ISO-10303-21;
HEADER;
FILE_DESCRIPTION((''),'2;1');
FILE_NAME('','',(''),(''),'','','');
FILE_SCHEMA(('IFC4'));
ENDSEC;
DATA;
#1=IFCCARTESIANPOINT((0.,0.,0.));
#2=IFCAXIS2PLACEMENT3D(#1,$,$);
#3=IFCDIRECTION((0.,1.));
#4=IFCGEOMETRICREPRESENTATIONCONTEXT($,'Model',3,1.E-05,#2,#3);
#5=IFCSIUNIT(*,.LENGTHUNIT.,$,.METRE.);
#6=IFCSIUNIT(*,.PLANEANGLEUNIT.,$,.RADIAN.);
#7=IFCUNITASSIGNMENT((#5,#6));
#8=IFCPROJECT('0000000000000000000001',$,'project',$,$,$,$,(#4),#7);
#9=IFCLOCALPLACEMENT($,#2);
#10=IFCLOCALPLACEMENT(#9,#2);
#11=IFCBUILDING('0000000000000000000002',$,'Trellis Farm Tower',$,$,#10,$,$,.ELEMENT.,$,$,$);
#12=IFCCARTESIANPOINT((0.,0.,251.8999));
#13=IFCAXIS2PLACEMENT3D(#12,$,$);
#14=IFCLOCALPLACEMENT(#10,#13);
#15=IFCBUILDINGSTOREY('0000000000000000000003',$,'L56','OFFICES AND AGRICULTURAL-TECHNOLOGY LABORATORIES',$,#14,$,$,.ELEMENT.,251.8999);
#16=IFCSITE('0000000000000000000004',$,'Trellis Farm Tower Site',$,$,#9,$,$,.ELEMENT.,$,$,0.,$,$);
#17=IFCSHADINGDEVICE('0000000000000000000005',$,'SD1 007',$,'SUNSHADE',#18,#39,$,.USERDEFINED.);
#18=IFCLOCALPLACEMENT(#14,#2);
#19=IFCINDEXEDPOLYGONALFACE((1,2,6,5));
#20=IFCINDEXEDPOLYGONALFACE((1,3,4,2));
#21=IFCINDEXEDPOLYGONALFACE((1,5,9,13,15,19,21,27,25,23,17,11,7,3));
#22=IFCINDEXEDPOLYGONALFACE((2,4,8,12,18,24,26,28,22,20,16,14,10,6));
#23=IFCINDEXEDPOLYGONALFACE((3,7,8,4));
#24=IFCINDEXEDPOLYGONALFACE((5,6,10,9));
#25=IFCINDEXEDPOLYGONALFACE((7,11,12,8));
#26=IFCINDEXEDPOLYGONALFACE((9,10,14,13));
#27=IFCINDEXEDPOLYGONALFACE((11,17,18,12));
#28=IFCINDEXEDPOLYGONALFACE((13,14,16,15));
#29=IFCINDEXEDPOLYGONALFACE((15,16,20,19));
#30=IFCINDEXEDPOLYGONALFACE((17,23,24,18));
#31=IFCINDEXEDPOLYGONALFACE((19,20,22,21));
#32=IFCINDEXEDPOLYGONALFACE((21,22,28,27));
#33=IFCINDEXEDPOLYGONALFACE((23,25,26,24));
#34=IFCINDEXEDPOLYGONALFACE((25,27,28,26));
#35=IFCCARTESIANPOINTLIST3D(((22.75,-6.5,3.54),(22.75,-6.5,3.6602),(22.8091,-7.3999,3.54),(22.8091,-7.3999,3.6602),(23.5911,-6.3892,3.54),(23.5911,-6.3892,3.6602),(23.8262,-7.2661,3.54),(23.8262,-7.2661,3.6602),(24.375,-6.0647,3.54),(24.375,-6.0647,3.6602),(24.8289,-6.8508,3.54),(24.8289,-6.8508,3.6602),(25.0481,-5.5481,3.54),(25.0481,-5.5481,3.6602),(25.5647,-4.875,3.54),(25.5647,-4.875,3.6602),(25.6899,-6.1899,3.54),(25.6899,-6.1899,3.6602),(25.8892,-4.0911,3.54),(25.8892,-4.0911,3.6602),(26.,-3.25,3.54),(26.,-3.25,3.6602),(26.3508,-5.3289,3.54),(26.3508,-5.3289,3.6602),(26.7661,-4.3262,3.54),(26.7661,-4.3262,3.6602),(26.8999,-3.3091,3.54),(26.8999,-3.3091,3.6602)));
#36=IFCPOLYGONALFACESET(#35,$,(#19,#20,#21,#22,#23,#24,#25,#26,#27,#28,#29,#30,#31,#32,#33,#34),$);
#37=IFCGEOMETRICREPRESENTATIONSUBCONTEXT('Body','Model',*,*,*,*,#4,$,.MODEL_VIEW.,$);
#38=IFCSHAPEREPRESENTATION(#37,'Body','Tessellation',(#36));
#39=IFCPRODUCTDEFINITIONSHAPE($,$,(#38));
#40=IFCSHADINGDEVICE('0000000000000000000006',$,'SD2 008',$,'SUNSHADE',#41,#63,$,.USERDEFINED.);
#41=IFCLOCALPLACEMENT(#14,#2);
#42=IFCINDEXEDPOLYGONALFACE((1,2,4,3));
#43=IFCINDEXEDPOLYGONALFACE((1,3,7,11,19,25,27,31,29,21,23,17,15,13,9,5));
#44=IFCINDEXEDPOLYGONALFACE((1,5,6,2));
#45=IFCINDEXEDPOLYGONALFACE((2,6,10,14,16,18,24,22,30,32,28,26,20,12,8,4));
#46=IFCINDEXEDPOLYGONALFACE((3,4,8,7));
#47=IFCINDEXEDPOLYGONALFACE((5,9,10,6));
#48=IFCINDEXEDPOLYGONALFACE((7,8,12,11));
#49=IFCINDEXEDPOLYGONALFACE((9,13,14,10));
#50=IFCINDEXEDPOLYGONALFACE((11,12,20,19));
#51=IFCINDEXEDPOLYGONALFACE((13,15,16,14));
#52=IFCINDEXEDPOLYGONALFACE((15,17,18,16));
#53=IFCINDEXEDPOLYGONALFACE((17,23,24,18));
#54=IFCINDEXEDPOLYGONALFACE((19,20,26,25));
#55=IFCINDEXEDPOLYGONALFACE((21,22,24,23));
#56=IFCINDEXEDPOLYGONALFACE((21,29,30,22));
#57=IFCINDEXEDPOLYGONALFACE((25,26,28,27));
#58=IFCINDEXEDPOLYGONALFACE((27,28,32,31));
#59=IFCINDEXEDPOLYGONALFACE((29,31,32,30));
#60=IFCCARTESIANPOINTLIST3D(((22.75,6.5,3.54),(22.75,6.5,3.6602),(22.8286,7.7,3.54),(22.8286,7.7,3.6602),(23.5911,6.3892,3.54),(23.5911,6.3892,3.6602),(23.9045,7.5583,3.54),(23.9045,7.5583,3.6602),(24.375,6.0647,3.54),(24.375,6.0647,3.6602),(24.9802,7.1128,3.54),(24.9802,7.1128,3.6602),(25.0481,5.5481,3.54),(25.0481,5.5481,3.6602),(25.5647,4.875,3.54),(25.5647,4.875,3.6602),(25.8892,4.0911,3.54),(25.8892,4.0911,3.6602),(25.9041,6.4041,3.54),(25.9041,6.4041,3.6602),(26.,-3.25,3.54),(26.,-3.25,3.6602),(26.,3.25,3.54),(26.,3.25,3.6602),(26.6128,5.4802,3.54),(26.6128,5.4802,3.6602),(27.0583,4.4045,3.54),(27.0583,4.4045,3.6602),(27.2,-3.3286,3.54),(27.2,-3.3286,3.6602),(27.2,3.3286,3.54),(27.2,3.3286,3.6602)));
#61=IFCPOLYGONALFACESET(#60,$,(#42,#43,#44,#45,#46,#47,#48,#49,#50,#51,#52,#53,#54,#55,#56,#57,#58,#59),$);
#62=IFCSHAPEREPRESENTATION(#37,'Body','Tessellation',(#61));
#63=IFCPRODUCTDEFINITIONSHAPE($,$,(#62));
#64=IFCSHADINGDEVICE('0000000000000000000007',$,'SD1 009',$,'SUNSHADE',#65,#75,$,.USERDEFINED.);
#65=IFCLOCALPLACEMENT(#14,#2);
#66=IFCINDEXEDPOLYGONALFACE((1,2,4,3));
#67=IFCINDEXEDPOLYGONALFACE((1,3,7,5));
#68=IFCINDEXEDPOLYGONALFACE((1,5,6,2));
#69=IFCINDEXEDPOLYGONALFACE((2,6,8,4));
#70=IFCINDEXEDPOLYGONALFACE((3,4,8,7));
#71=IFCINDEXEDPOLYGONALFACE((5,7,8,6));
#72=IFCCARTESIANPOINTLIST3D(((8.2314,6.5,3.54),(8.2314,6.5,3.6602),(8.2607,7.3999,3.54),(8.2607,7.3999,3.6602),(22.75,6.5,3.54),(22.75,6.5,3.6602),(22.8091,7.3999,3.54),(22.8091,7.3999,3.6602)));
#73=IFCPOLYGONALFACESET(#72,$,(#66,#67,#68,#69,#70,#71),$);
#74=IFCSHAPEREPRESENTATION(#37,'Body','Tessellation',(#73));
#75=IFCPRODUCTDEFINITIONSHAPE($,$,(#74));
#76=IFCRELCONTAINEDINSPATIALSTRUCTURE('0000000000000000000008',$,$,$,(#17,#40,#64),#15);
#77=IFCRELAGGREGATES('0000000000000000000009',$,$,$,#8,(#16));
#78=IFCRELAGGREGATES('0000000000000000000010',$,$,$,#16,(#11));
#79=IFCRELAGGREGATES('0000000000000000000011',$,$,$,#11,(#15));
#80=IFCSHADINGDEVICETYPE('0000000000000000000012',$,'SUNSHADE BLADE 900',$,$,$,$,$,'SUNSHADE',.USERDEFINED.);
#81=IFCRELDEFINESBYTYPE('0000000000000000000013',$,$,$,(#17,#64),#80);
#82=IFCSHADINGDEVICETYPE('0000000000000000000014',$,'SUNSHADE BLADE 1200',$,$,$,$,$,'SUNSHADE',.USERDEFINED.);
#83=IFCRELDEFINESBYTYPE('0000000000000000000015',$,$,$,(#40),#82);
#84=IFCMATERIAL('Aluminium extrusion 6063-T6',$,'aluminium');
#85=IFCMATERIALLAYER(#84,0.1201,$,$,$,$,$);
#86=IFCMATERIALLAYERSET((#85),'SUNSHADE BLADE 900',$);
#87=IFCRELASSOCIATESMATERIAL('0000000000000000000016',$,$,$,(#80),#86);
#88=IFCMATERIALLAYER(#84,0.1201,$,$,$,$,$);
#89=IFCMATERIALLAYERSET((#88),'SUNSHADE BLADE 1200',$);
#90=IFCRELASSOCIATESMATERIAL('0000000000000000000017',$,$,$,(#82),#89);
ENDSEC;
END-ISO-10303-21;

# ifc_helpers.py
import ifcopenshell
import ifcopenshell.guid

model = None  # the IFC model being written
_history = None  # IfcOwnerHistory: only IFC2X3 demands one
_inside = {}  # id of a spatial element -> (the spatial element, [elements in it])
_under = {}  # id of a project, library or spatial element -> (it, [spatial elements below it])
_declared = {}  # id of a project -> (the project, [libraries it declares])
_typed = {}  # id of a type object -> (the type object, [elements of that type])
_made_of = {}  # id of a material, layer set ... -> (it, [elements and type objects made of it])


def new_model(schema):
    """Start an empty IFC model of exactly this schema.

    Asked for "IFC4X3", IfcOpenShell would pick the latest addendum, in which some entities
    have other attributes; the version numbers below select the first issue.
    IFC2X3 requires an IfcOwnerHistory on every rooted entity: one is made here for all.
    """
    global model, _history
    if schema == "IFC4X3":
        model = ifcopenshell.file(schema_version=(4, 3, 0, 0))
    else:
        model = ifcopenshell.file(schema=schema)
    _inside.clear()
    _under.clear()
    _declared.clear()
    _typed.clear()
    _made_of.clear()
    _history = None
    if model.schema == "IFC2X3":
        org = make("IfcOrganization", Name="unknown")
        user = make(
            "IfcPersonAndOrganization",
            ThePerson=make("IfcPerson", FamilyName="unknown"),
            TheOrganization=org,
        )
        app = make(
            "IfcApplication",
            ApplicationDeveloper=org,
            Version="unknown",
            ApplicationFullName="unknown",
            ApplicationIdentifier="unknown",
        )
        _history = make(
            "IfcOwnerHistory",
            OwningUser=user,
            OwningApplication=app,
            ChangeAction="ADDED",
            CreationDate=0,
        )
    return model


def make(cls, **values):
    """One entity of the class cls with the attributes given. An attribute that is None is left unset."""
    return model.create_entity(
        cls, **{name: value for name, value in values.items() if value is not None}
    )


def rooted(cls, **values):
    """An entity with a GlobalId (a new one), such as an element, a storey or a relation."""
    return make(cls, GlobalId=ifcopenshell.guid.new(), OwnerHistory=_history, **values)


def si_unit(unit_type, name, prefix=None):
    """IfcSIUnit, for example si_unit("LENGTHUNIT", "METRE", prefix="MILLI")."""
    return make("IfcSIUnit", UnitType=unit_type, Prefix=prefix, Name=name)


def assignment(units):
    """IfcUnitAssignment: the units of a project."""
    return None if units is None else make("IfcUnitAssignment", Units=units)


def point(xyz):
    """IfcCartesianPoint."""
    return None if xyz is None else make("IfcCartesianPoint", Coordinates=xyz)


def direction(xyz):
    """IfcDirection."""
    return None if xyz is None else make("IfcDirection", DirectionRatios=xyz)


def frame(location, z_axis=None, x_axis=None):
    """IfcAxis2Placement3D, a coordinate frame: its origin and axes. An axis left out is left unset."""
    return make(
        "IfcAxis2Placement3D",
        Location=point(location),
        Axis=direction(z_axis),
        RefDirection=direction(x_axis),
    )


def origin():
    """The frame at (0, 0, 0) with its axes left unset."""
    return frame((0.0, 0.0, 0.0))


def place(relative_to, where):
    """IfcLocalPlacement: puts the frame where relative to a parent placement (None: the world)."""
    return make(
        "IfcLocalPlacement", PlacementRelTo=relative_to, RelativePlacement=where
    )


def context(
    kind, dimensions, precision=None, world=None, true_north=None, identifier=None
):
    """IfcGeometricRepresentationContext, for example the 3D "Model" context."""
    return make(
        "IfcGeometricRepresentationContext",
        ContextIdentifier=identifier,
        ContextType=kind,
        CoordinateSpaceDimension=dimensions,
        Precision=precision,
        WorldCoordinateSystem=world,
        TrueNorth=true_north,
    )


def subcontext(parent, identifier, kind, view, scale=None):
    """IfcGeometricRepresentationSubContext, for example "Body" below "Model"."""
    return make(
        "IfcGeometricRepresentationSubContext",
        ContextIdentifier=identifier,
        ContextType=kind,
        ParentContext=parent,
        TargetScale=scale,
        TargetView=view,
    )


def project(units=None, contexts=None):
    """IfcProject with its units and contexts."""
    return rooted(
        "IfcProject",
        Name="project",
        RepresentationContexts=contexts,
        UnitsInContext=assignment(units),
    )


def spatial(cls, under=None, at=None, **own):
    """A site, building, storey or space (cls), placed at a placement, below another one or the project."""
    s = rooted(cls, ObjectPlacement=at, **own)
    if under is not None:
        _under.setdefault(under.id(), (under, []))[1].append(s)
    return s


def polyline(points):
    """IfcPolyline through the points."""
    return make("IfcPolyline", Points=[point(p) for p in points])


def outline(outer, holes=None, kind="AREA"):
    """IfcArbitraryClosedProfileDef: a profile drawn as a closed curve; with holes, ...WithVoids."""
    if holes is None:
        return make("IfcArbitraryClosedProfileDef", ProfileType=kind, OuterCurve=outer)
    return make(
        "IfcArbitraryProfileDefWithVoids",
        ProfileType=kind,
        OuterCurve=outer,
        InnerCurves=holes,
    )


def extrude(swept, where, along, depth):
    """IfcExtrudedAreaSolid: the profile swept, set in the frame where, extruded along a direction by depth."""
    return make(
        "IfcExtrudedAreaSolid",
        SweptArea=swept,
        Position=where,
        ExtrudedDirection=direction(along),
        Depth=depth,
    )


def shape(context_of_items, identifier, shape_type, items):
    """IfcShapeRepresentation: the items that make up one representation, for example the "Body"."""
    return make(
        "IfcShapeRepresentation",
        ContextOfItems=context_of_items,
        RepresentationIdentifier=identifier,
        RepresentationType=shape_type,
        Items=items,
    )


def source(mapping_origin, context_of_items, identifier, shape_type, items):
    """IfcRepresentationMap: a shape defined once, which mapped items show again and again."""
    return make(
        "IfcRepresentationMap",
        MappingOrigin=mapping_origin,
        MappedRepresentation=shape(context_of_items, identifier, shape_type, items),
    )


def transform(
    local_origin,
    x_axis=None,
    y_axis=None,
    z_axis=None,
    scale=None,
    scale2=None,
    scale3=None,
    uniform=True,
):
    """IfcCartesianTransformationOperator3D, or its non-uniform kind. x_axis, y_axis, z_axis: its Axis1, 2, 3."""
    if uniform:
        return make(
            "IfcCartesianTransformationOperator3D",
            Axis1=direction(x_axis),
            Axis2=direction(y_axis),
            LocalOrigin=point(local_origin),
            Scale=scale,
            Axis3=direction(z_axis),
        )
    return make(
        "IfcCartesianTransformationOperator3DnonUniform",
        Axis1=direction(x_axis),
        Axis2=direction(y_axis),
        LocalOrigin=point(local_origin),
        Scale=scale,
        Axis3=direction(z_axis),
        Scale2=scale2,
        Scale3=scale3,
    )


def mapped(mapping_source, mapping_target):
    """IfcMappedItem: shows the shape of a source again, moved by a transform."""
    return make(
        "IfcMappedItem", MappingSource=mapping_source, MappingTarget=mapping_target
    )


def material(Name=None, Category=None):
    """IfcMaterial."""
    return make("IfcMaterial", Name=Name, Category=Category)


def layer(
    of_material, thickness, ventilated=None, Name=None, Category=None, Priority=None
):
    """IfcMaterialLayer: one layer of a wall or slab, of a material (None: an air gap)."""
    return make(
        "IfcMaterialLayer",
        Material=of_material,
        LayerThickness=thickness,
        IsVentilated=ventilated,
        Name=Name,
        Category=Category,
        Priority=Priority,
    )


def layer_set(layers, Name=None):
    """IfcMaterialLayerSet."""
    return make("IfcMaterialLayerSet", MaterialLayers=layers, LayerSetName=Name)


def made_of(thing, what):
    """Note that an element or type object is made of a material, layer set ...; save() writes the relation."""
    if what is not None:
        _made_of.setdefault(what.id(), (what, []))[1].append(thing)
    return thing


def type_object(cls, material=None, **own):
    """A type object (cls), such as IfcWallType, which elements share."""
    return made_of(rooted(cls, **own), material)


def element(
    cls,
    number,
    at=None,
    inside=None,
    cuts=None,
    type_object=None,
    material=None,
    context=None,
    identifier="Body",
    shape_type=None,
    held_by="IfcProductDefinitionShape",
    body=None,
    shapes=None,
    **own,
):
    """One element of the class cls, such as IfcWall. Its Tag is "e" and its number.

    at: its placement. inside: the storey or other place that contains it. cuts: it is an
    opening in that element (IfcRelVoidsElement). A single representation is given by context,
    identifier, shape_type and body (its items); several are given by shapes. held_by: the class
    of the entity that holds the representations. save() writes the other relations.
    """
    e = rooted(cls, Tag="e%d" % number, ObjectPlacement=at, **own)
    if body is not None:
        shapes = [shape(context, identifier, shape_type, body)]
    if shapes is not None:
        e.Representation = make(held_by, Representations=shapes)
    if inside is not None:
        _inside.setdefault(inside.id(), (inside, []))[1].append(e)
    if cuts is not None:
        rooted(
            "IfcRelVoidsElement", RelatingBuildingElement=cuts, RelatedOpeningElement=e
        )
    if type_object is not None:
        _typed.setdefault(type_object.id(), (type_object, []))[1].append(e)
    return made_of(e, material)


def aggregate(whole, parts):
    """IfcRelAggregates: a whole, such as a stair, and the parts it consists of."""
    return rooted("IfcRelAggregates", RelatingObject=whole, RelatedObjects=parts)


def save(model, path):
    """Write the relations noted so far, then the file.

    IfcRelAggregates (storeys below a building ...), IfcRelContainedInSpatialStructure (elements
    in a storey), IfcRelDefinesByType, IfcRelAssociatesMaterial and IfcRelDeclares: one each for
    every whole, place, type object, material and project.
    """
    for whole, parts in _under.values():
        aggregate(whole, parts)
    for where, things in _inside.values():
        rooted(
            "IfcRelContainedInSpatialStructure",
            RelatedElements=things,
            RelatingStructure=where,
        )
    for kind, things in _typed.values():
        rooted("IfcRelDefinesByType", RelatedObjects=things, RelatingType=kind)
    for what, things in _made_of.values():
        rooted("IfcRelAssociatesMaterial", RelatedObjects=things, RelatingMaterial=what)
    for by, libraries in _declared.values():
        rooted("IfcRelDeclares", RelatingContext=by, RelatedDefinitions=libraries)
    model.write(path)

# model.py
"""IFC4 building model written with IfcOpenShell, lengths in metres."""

from ifc_helpers import new_model, si_unit, direction, frame, origin, place, context, subcontext, project, spatial, polyline, outline, extrude, source, transform, mapped, material, layer, layer_set, type_object, element, save


model = new_model("IFC4")

# Units and contexts
model_context = context("Model", 3, precision=1e-05, world=origin(), true_north=direction((0.0, 1.0)))
body_context = subcontext(model_context, "Body", "Model", "MODEL_VIEW")
ifc_project = project(units=[si_unit("LENGTHUNIT", "METRE"), si_unit("PLANEANGLEUNIT", "RADIAN")], contexts=[model_context])

# Site, building, storey
site_placement = place(None, origin())
site = spatial("IfcSite", under=ifc_project, at=site_placement, Name="Trellis Farm Tower Site", CompositionType="ELEMENT", RefElevation=0.0)
building_placement = place(site_placement, origin())
building = spatial("IfcBuilding", under=site, at=building_placement, Name="Trellis Farm Tower", CompositionType="ELEMENT")
storey_placement = place(building_placement, frame((0.0, 0.0, 251.8999)))
storey = spatial("IfcBuildingStorey", under=building, at=storey_placement, Name="L56", Description="OFFICES AND AGRICULTURAL-TECHNOLOGY LABORATORIES", CompositionType="ELEMENT", Elevation=251.8999)

# Shared definitions
ifc_material_1 = material(Name="Aluminium extrusion 6063-T6", Category="aluminium")

# Shading devices
ifc_layer_1 = layer(ifc_material_1, 0.1201)
ifc_layer_set_1 = layer_set([ifc_layer_1], Name="SUNSHADE BLADE 900")
shading_device_type_1 = type_object("IfcShadingDeviceType", Name="SUNSHADE BLADE 900", ElementType="SUNSHADE", PredefinedType="USERDEFINED", material=ifc_layer_set_1)
placement_1 = place(storey_placement, frame((0.0, 0.0, 3.54)))
ifc_layer_2 = layer(ifc_material_1, 0.1201)
ifc_layer_set_2 = layer_set([ifc_layer_2], Name="SUNSHADE BLADE 1200")
shading_device_type_2 = type_object("IfcShadingDeviceType", Name="SUNSHADE BLADE 1200", ElementType="SUNSHADE", PredefinedType="USERDEFINED", material=ifc_layer_set_2)
shared_shape_1 = source(origin(), body_context, "Body", "SweptSolid", [
    extrude(outline(polyline([(22.8091, -7.3999), (23.8262, -7.2661), (24.8289, -6.8508), (25.6899, -6.1899), (26.3508, -5.3289), (26.7661, -4.3262), (26.8999, -3.3091), (26.0, -3.25), (25.8892, -4.0911), (25.5647, -4.875), (25.0481, -5.5481), (24.375, -6.0647), (23.5911, -6.3892), (22.75, -6.5), (22.8091, -7.3999)])), origin(), (0.0, 0.0, 1.0), 0.1201),
])
element("IfcShadingDevice", 1, at=placement_1, inside=storey, type_object=shading_device_type_1, Name="SD1 007", ObjectType="SUNSHADE", PredefinedType="USERDEFINED", context=body_context, shape_type="MappedRepresentation", body=[
    mapped(shared_shape_1, transform((0.0, 0.0, 0.0))),
])
shared_shape_2 = source(origin(), body_context, "Body", "SweptSolid", [
    extrude(outline(polyline([(27.2, -3.3286), (27.2, 3.3286), (27.0583, 4.4045), (26.6128, 5.4802), (25.9041, 6.4041), (24.9802, 7.1128), (23.9045, 7.5583), (22.8286, 7.7), (22.75, 6.5), (23.5911, 6.3892), (24.375, 6.0647), (25.0481, 5.5481), (25.5647, 4.875), (25.8892, 4.0911), (26.0, 3.25), (26.0, -3.25), (27.2, -3.3286)])), origin(), (0.0, 0.0, 1.0), 0.1201),
])
element("IfcShadingDevice", 2, at=placement_1, inside=storey, type_object=shading_device_type_2, Name="SD2 008", ObjectType="SUNSHADE", PredefinedType="USERDEFINED", context=body_context, shape_type="MappedRepresentation", body=[
    mapped(shared_shape_2, transform((0.0, 0.0, 0.0))),
])
shared_shape_3 = source(origin(), body_context, "Body", "SweptSolid", [
    extrude(outline(polyline([(22.8091, 7.3999), (8.2607, 7.3999), (8.2314, 6.5), (22.75, 6.5), (22.8091, 7.3999)])), origin(), (0.0, 0.0, 1.0), 0.1201),
])
element("IfcShadingDevice", 3, at=placement_1, inside=storey, type_object=shading_device_type_1, Name="SD1 009", ObjectType="SUNSHADE", PredefinedType="USERDEFINED", context=body_context, shape_type="MappedRepresentation", body=[
    mapped(shared_shape_3, transform((0.0, 0.0, 0.0))),
])

save(model, "model.ifc")
